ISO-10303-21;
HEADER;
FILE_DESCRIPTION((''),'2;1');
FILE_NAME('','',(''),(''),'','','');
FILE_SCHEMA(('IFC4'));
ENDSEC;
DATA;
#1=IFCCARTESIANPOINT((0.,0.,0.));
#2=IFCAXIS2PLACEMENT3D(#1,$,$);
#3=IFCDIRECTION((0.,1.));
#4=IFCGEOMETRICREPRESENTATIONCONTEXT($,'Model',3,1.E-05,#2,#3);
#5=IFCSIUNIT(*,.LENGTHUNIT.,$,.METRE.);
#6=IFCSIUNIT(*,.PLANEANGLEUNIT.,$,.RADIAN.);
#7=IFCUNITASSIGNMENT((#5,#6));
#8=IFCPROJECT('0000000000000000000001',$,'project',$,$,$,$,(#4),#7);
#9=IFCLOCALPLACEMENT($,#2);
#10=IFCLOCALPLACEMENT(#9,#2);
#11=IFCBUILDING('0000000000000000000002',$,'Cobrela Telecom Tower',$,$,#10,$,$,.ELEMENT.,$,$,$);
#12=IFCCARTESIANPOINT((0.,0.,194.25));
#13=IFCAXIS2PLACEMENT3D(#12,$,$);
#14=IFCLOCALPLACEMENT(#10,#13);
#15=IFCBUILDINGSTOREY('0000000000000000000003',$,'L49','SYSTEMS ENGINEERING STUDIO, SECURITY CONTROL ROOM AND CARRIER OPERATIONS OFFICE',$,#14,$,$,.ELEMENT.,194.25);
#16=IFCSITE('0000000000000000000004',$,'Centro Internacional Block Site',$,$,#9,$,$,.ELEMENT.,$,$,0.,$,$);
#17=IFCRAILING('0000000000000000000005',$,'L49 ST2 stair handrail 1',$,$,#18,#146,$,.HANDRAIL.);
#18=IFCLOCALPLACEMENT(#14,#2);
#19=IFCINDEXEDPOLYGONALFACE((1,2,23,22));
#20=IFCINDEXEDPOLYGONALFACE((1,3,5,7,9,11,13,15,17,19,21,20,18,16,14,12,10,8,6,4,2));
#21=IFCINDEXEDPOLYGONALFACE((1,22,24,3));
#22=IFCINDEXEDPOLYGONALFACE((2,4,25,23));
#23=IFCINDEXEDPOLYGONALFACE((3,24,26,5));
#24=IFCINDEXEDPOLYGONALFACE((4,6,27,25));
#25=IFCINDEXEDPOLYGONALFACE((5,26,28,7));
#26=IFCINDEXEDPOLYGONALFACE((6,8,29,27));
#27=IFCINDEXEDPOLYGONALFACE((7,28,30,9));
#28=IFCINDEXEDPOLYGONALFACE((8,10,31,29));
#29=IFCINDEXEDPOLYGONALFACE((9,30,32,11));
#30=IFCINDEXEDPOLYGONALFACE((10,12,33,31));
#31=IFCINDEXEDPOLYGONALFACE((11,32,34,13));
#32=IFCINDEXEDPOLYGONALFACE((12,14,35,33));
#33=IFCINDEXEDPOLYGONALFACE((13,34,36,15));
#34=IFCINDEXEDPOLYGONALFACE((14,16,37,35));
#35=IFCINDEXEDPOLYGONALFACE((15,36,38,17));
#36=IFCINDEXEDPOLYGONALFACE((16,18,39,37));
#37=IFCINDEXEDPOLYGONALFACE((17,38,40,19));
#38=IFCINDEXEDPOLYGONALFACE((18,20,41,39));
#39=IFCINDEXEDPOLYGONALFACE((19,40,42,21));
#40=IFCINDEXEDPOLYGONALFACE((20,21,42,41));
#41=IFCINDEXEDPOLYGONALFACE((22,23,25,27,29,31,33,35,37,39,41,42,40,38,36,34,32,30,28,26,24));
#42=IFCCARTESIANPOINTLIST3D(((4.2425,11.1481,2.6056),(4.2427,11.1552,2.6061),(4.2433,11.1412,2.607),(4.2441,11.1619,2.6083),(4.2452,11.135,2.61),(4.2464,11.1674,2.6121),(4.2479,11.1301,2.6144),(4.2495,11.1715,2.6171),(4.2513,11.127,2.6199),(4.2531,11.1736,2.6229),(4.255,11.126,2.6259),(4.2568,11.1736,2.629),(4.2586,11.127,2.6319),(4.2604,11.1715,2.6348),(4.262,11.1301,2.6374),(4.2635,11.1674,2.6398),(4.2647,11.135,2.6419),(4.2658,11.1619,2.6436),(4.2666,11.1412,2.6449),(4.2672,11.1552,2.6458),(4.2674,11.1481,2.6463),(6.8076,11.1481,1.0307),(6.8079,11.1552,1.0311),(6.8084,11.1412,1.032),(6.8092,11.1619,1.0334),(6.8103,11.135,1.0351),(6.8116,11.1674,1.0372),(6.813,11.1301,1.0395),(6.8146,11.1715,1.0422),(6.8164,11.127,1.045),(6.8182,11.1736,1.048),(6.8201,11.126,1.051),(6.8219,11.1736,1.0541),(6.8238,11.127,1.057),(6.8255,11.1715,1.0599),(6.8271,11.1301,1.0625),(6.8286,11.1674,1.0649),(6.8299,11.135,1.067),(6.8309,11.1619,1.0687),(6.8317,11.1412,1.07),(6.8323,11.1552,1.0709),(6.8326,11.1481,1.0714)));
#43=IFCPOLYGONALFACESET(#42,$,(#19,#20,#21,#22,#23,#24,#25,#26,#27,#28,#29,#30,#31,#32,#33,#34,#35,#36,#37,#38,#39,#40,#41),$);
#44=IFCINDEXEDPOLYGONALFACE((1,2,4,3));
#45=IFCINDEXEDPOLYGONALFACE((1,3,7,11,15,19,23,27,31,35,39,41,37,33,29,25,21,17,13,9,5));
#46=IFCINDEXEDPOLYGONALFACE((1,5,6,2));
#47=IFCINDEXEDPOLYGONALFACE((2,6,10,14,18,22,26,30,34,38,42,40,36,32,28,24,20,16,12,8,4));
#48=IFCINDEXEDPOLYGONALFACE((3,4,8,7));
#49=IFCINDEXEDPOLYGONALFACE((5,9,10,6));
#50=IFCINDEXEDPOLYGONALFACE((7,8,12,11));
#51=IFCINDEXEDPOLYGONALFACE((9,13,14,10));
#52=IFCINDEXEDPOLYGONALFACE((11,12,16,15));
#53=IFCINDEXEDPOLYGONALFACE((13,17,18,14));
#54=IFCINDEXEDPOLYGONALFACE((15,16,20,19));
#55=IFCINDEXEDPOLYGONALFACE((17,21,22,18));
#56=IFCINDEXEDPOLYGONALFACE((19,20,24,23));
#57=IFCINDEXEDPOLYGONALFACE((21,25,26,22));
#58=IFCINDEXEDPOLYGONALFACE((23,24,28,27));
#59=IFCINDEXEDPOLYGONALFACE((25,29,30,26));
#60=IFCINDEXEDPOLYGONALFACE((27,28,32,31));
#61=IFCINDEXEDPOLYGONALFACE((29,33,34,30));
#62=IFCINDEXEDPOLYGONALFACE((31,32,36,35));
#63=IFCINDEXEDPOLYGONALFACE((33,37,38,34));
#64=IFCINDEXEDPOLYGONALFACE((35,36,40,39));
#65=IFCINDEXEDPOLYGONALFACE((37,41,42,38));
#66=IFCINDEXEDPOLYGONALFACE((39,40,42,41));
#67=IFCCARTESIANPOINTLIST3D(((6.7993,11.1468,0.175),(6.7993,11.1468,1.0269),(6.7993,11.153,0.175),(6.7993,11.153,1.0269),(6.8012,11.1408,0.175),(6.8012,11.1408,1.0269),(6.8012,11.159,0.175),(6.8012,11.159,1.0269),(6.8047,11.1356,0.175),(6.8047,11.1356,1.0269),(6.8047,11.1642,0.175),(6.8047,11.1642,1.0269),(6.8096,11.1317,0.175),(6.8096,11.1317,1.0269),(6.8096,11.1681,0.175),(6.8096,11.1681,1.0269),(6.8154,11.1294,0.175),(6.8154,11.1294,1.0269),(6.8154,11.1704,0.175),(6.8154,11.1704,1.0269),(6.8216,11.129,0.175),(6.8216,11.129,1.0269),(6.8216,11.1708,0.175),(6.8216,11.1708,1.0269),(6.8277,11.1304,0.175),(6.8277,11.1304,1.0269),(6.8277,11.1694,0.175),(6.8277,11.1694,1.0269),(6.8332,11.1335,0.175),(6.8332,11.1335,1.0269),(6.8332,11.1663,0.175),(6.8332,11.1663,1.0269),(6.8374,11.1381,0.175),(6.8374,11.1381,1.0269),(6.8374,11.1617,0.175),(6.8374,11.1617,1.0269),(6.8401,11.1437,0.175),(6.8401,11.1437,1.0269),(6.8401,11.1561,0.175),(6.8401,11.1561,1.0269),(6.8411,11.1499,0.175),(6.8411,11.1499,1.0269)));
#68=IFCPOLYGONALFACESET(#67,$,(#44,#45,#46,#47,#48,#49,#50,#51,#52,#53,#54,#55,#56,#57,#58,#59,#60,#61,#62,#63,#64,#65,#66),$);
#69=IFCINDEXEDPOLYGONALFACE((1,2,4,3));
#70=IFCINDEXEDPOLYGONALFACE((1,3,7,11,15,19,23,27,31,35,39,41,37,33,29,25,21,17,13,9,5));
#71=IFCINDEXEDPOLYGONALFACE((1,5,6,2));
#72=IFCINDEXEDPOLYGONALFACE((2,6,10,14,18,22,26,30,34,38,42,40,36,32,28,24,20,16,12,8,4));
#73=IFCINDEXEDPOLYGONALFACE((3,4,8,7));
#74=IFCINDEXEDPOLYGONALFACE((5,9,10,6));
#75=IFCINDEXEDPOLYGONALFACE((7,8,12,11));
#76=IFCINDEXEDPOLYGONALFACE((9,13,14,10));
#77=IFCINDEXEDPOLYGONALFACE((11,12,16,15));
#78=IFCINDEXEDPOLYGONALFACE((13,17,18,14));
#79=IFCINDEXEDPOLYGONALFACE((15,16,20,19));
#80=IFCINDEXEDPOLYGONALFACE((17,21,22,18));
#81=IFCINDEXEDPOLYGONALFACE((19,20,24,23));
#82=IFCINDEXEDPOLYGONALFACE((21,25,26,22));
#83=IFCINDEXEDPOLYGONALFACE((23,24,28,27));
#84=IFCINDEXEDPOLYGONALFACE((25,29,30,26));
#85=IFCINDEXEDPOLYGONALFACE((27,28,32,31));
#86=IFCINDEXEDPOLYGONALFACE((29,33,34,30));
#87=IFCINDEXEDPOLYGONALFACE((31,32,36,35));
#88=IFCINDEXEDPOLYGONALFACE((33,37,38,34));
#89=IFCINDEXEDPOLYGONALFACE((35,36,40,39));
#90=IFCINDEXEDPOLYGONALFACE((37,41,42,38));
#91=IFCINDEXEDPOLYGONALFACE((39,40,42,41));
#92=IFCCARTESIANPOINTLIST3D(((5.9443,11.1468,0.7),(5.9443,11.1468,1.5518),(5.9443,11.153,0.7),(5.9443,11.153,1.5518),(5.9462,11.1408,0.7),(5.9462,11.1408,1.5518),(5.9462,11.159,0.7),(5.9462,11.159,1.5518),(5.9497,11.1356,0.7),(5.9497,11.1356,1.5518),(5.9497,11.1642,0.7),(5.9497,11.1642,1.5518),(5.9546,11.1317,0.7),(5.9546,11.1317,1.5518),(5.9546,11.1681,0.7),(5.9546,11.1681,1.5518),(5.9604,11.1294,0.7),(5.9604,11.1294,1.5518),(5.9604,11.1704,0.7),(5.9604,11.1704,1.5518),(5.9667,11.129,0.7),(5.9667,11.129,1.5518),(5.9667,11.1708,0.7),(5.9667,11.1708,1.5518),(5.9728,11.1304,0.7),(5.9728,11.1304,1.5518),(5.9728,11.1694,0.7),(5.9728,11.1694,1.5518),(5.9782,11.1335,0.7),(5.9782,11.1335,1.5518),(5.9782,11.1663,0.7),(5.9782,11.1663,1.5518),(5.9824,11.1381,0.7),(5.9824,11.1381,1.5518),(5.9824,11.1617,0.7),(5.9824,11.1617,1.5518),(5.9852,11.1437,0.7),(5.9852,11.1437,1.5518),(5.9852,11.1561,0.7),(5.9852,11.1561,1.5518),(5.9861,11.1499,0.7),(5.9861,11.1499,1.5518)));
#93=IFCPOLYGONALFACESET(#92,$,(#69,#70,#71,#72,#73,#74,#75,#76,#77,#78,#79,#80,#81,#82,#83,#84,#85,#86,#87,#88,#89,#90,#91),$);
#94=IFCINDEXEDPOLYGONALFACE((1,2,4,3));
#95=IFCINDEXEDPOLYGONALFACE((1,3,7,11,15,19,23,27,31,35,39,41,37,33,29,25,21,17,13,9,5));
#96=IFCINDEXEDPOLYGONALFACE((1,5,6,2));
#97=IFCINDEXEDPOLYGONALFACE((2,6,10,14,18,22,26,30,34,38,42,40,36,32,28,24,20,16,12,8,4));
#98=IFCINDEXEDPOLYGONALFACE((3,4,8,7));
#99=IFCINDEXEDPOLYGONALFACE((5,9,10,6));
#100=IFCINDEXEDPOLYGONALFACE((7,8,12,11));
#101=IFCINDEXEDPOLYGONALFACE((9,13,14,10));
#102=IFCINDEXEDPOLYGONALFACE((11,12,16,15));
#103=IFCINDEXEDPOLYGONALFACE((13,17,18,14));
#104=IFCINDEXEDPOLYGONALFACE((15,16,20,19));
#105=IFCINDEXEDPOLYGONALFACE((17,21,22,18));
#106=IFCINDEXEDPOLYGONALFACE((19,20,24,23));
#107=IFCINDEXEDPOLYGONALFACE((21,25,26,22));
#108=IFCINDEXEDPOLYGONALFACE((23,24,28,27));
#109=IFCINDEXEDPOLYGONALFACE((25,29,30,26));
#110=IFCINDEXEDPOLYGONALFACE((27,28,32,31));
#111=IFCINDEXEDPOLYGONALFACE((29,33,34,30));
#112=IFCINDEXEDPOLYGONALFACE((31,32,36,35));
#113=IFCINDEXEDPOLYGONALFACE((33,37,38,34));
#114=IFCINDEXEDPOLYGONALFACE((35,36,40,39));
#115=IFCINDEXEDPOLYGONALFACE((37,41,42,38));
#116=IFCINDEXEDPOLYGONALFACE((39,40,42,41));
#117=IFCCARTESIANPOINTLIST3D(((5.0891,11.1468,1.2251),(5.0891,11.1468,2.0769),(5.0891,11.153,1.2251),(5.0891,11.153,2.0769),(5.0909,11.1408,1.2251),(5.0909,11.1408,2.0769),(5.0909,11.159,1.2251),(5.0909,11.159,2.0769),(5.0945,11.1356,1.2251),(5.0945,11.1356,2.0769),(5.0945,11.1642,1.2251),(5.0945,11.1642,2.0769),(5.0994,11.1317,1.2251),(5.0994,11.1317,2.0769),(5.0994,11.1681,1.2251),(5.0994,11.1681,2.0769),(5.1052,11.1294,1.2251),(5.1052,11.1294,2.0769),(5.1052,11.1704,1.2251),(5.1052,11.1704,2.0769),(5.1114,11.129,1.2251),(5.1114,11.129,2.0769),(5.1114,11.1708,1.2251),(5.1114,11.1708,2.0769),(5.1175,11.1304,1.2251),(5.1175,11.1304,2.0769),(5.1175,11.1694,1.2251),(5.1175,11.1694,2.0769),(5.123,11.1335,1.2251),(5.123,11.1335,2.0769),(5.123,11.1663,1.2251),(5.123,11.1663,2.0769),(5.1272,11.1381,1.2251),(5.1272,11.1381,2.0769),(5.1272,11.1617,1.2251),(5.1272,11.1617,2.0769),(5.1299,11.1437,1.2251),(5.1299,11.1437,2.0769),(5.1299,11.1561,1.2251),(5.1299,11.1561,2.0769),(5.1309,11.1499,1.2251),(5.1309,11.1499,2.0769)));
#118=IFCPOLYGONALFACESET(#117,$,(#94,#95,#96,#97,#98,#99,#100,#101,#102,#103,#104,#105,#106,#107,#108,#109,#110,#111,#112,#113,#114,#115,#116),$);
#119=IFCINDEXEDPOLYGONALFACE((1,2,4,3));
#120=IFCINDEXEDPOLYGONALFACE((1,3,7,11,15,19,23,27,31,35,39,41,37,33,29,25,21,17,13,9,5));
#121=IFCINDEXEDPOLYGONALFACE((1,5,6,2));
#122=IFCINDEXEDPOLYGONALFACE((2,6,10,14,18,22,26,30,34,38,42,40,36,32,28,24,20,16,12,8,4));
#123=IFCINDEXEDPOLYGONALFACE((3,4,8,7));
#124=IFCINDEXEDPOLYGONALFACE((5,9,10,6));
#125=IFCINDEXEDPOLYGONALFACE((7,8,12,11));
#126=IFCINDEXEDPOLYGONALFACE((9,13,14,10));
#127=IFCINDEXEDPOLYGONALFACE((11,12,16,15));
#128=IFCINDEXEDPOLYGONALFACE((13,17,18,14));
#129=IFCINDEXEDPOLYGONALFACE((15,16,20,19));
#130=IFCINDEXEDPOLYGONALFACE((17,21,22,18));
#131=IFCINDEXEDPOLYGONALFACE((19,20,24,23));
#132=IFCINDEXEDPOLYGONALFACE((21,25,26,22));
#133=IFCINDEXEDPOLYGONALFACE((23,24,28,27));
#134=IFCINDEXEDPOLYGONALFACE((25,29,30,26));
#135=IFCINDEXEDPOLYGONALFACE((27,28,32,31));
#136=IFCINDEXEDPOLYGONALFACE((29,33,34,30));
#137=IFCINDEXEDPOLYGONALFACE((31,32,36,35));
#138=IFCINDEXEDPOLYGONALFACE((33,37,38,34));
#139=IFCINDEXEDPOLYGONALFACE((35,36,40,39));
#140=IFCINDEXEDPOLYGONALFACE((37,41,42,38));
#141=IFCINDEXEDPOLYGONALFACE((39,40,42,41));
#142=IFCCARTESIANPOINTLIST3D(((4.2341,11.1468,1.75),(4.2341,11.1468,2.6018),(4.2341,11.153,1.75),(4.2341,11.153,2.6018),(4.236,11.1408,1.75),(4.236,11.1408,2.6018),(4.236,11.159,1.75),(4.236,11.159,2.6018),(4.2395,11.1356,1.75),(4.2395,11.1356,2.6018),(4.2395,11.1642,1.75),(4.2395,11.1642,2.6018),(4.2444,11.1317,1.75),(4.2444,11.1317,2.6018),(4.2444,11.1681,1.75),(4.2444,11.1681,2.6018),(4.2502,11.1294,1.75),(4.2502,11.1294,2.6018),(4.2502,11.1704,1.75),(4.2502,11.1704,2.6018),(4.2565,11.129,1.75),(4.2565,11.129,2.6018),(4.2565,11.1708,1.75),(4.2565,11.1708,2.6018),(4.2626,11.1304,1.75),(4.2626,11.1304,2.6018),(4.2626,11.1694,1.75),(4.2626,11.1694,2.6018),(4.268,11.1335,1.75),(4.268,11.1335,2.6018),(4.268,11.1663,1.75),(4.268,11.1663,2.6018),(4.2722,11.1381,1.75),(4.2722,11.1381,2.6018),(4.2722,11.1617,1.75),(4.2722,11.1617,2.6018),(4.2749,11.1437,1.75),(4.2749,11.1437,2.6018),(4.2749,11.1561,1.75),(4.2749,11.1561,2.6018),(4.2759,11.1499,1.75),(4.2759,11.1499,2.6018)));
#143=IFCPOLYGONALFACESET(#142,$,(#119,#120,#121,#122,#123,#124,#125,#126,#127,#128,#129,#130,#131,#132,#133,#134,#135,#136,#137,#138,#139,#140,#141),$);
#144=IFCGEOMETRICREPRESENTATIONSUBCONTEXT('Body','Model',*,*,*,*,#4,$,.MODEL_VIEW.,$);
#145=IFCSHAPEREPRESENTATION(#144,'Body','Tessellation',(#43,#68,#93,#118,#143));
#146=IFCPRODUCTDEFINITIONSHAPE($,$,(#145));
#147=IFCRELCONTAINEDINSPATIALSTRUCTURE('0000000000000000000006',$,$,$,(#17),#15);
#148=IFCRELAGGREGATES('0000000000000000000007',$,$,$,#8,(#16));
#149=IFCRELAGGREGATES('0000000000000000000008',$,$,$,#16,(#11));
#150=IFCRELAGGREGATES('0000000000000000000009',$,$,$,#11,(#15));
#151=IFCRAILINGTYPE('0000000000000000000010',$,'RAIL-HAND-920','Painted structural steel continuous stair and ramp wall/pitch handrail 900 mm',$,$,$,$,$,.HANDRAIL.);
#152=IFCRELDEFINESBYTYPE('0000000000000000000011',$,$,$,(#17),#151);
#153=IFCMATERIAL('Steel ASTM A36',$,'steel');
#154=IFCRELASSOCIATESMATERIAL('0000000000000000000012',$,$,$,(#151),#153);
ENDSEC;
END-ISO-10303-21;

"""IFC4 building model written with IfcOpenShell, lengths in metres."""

from ifc_helpers import new_model, si_unit, direction, frame, origin, origin_2d, place, context, subcontext, project, spatial, circle, extrude, material, type_object, element, save


model = new_model("IFC4")

# Units and contexts
model_context = context("Model", 3, precision=1e-05, world=origin(), true_north=direction((0.0, 1.0)))
body_context = subcontext(model_context, "Body", "Model", "MODEL_VIEW")
ifc_project = project(units=[si_unit("LENGTHUNIT", "METRE"), si_unit("PLANEANGLEUNIT", "RADIAN")], contexts=[model_context])

# Site, building, storey
site_placement = place(None, origin())
site = spatial("IfcSite", under=ifc_project, at=site_placement, Name="Centro Internacional Block Site", CompositionType="ELEMENT", RefElevation=0.0)
building_placement = place(site_placement, origin())
building = spatial("IfcBuilding", under=site, at=building_placement, Name="Cobrela Telecom Tower", CompositionType="ELEMENT")
storey_placement = place(building_placement, frame((0.0, 0.0, 194.25)))
storey = spatial("IfcBuildingStorey", under=building, at=storey_placement, Name="L49", Description="SYSTEMS ENGINEERING STUDIO, SECURITY CONTROL ROOM AND CARRIER OPERATIONS OFFICE", CompositionType="ELEMENT", Elevation=194.25)

# Railing
ifc_material_1 = material(Name="Steel ASTM A36", Category="steel")
railing_type_1 = type_object("IfcRailingType", Name="RAIL-HAND-920", Description="Painted structural steel continuous stair and ramp wall/pitch handrail 900 mm", PredefinedType="HANDRAIL", material=ifc_material_1)
railing_1_placement = place(storey_placement, frame((6.8201, 11.1499, 0.175)))
element("IfcRailing", 1, at=railing_1_placement, inside=storey, type_object=railing_type_1, Name="L49 ST2 stair handrail 1", PredefinedType="HANDRAIL", context=body_context, shape_type="SweptSolid", body=[
    extrude(circle(Radius=0.0239, at=origin_2d()), frame((0.0, 0.0, 0.876), z_axis=(-0.852195, 0.0, 0.523224), x_axis=(0.0, -1.0, 0.0)), (0.0, 0.0, 1.0), 3.01),
    extrude(circle(Radius=0.021, at=origin_2d()), origin(), (0.0, 0.0, 1.0), 0.8518),
    extrude(circle(Radius=0.021, at=origin_2d()), frame((-0.855, 0.0, 0.5249)), (0.0, 0.0, 1.0), 0.8518),
    extrude(circle(Radius=0.021, at=origin_2d()), frame((-1.7102, 0.0, 1.05)), (0.0, 0.0, 1.0), 0.8518),
    extrude(circle(Radius=0.021, at=origin_2d()), frame((-2.5652, 0.0, 1.575)), (0.0, 0.0, 1.0), 0.8518),
])

save(model, "model.ifc")
